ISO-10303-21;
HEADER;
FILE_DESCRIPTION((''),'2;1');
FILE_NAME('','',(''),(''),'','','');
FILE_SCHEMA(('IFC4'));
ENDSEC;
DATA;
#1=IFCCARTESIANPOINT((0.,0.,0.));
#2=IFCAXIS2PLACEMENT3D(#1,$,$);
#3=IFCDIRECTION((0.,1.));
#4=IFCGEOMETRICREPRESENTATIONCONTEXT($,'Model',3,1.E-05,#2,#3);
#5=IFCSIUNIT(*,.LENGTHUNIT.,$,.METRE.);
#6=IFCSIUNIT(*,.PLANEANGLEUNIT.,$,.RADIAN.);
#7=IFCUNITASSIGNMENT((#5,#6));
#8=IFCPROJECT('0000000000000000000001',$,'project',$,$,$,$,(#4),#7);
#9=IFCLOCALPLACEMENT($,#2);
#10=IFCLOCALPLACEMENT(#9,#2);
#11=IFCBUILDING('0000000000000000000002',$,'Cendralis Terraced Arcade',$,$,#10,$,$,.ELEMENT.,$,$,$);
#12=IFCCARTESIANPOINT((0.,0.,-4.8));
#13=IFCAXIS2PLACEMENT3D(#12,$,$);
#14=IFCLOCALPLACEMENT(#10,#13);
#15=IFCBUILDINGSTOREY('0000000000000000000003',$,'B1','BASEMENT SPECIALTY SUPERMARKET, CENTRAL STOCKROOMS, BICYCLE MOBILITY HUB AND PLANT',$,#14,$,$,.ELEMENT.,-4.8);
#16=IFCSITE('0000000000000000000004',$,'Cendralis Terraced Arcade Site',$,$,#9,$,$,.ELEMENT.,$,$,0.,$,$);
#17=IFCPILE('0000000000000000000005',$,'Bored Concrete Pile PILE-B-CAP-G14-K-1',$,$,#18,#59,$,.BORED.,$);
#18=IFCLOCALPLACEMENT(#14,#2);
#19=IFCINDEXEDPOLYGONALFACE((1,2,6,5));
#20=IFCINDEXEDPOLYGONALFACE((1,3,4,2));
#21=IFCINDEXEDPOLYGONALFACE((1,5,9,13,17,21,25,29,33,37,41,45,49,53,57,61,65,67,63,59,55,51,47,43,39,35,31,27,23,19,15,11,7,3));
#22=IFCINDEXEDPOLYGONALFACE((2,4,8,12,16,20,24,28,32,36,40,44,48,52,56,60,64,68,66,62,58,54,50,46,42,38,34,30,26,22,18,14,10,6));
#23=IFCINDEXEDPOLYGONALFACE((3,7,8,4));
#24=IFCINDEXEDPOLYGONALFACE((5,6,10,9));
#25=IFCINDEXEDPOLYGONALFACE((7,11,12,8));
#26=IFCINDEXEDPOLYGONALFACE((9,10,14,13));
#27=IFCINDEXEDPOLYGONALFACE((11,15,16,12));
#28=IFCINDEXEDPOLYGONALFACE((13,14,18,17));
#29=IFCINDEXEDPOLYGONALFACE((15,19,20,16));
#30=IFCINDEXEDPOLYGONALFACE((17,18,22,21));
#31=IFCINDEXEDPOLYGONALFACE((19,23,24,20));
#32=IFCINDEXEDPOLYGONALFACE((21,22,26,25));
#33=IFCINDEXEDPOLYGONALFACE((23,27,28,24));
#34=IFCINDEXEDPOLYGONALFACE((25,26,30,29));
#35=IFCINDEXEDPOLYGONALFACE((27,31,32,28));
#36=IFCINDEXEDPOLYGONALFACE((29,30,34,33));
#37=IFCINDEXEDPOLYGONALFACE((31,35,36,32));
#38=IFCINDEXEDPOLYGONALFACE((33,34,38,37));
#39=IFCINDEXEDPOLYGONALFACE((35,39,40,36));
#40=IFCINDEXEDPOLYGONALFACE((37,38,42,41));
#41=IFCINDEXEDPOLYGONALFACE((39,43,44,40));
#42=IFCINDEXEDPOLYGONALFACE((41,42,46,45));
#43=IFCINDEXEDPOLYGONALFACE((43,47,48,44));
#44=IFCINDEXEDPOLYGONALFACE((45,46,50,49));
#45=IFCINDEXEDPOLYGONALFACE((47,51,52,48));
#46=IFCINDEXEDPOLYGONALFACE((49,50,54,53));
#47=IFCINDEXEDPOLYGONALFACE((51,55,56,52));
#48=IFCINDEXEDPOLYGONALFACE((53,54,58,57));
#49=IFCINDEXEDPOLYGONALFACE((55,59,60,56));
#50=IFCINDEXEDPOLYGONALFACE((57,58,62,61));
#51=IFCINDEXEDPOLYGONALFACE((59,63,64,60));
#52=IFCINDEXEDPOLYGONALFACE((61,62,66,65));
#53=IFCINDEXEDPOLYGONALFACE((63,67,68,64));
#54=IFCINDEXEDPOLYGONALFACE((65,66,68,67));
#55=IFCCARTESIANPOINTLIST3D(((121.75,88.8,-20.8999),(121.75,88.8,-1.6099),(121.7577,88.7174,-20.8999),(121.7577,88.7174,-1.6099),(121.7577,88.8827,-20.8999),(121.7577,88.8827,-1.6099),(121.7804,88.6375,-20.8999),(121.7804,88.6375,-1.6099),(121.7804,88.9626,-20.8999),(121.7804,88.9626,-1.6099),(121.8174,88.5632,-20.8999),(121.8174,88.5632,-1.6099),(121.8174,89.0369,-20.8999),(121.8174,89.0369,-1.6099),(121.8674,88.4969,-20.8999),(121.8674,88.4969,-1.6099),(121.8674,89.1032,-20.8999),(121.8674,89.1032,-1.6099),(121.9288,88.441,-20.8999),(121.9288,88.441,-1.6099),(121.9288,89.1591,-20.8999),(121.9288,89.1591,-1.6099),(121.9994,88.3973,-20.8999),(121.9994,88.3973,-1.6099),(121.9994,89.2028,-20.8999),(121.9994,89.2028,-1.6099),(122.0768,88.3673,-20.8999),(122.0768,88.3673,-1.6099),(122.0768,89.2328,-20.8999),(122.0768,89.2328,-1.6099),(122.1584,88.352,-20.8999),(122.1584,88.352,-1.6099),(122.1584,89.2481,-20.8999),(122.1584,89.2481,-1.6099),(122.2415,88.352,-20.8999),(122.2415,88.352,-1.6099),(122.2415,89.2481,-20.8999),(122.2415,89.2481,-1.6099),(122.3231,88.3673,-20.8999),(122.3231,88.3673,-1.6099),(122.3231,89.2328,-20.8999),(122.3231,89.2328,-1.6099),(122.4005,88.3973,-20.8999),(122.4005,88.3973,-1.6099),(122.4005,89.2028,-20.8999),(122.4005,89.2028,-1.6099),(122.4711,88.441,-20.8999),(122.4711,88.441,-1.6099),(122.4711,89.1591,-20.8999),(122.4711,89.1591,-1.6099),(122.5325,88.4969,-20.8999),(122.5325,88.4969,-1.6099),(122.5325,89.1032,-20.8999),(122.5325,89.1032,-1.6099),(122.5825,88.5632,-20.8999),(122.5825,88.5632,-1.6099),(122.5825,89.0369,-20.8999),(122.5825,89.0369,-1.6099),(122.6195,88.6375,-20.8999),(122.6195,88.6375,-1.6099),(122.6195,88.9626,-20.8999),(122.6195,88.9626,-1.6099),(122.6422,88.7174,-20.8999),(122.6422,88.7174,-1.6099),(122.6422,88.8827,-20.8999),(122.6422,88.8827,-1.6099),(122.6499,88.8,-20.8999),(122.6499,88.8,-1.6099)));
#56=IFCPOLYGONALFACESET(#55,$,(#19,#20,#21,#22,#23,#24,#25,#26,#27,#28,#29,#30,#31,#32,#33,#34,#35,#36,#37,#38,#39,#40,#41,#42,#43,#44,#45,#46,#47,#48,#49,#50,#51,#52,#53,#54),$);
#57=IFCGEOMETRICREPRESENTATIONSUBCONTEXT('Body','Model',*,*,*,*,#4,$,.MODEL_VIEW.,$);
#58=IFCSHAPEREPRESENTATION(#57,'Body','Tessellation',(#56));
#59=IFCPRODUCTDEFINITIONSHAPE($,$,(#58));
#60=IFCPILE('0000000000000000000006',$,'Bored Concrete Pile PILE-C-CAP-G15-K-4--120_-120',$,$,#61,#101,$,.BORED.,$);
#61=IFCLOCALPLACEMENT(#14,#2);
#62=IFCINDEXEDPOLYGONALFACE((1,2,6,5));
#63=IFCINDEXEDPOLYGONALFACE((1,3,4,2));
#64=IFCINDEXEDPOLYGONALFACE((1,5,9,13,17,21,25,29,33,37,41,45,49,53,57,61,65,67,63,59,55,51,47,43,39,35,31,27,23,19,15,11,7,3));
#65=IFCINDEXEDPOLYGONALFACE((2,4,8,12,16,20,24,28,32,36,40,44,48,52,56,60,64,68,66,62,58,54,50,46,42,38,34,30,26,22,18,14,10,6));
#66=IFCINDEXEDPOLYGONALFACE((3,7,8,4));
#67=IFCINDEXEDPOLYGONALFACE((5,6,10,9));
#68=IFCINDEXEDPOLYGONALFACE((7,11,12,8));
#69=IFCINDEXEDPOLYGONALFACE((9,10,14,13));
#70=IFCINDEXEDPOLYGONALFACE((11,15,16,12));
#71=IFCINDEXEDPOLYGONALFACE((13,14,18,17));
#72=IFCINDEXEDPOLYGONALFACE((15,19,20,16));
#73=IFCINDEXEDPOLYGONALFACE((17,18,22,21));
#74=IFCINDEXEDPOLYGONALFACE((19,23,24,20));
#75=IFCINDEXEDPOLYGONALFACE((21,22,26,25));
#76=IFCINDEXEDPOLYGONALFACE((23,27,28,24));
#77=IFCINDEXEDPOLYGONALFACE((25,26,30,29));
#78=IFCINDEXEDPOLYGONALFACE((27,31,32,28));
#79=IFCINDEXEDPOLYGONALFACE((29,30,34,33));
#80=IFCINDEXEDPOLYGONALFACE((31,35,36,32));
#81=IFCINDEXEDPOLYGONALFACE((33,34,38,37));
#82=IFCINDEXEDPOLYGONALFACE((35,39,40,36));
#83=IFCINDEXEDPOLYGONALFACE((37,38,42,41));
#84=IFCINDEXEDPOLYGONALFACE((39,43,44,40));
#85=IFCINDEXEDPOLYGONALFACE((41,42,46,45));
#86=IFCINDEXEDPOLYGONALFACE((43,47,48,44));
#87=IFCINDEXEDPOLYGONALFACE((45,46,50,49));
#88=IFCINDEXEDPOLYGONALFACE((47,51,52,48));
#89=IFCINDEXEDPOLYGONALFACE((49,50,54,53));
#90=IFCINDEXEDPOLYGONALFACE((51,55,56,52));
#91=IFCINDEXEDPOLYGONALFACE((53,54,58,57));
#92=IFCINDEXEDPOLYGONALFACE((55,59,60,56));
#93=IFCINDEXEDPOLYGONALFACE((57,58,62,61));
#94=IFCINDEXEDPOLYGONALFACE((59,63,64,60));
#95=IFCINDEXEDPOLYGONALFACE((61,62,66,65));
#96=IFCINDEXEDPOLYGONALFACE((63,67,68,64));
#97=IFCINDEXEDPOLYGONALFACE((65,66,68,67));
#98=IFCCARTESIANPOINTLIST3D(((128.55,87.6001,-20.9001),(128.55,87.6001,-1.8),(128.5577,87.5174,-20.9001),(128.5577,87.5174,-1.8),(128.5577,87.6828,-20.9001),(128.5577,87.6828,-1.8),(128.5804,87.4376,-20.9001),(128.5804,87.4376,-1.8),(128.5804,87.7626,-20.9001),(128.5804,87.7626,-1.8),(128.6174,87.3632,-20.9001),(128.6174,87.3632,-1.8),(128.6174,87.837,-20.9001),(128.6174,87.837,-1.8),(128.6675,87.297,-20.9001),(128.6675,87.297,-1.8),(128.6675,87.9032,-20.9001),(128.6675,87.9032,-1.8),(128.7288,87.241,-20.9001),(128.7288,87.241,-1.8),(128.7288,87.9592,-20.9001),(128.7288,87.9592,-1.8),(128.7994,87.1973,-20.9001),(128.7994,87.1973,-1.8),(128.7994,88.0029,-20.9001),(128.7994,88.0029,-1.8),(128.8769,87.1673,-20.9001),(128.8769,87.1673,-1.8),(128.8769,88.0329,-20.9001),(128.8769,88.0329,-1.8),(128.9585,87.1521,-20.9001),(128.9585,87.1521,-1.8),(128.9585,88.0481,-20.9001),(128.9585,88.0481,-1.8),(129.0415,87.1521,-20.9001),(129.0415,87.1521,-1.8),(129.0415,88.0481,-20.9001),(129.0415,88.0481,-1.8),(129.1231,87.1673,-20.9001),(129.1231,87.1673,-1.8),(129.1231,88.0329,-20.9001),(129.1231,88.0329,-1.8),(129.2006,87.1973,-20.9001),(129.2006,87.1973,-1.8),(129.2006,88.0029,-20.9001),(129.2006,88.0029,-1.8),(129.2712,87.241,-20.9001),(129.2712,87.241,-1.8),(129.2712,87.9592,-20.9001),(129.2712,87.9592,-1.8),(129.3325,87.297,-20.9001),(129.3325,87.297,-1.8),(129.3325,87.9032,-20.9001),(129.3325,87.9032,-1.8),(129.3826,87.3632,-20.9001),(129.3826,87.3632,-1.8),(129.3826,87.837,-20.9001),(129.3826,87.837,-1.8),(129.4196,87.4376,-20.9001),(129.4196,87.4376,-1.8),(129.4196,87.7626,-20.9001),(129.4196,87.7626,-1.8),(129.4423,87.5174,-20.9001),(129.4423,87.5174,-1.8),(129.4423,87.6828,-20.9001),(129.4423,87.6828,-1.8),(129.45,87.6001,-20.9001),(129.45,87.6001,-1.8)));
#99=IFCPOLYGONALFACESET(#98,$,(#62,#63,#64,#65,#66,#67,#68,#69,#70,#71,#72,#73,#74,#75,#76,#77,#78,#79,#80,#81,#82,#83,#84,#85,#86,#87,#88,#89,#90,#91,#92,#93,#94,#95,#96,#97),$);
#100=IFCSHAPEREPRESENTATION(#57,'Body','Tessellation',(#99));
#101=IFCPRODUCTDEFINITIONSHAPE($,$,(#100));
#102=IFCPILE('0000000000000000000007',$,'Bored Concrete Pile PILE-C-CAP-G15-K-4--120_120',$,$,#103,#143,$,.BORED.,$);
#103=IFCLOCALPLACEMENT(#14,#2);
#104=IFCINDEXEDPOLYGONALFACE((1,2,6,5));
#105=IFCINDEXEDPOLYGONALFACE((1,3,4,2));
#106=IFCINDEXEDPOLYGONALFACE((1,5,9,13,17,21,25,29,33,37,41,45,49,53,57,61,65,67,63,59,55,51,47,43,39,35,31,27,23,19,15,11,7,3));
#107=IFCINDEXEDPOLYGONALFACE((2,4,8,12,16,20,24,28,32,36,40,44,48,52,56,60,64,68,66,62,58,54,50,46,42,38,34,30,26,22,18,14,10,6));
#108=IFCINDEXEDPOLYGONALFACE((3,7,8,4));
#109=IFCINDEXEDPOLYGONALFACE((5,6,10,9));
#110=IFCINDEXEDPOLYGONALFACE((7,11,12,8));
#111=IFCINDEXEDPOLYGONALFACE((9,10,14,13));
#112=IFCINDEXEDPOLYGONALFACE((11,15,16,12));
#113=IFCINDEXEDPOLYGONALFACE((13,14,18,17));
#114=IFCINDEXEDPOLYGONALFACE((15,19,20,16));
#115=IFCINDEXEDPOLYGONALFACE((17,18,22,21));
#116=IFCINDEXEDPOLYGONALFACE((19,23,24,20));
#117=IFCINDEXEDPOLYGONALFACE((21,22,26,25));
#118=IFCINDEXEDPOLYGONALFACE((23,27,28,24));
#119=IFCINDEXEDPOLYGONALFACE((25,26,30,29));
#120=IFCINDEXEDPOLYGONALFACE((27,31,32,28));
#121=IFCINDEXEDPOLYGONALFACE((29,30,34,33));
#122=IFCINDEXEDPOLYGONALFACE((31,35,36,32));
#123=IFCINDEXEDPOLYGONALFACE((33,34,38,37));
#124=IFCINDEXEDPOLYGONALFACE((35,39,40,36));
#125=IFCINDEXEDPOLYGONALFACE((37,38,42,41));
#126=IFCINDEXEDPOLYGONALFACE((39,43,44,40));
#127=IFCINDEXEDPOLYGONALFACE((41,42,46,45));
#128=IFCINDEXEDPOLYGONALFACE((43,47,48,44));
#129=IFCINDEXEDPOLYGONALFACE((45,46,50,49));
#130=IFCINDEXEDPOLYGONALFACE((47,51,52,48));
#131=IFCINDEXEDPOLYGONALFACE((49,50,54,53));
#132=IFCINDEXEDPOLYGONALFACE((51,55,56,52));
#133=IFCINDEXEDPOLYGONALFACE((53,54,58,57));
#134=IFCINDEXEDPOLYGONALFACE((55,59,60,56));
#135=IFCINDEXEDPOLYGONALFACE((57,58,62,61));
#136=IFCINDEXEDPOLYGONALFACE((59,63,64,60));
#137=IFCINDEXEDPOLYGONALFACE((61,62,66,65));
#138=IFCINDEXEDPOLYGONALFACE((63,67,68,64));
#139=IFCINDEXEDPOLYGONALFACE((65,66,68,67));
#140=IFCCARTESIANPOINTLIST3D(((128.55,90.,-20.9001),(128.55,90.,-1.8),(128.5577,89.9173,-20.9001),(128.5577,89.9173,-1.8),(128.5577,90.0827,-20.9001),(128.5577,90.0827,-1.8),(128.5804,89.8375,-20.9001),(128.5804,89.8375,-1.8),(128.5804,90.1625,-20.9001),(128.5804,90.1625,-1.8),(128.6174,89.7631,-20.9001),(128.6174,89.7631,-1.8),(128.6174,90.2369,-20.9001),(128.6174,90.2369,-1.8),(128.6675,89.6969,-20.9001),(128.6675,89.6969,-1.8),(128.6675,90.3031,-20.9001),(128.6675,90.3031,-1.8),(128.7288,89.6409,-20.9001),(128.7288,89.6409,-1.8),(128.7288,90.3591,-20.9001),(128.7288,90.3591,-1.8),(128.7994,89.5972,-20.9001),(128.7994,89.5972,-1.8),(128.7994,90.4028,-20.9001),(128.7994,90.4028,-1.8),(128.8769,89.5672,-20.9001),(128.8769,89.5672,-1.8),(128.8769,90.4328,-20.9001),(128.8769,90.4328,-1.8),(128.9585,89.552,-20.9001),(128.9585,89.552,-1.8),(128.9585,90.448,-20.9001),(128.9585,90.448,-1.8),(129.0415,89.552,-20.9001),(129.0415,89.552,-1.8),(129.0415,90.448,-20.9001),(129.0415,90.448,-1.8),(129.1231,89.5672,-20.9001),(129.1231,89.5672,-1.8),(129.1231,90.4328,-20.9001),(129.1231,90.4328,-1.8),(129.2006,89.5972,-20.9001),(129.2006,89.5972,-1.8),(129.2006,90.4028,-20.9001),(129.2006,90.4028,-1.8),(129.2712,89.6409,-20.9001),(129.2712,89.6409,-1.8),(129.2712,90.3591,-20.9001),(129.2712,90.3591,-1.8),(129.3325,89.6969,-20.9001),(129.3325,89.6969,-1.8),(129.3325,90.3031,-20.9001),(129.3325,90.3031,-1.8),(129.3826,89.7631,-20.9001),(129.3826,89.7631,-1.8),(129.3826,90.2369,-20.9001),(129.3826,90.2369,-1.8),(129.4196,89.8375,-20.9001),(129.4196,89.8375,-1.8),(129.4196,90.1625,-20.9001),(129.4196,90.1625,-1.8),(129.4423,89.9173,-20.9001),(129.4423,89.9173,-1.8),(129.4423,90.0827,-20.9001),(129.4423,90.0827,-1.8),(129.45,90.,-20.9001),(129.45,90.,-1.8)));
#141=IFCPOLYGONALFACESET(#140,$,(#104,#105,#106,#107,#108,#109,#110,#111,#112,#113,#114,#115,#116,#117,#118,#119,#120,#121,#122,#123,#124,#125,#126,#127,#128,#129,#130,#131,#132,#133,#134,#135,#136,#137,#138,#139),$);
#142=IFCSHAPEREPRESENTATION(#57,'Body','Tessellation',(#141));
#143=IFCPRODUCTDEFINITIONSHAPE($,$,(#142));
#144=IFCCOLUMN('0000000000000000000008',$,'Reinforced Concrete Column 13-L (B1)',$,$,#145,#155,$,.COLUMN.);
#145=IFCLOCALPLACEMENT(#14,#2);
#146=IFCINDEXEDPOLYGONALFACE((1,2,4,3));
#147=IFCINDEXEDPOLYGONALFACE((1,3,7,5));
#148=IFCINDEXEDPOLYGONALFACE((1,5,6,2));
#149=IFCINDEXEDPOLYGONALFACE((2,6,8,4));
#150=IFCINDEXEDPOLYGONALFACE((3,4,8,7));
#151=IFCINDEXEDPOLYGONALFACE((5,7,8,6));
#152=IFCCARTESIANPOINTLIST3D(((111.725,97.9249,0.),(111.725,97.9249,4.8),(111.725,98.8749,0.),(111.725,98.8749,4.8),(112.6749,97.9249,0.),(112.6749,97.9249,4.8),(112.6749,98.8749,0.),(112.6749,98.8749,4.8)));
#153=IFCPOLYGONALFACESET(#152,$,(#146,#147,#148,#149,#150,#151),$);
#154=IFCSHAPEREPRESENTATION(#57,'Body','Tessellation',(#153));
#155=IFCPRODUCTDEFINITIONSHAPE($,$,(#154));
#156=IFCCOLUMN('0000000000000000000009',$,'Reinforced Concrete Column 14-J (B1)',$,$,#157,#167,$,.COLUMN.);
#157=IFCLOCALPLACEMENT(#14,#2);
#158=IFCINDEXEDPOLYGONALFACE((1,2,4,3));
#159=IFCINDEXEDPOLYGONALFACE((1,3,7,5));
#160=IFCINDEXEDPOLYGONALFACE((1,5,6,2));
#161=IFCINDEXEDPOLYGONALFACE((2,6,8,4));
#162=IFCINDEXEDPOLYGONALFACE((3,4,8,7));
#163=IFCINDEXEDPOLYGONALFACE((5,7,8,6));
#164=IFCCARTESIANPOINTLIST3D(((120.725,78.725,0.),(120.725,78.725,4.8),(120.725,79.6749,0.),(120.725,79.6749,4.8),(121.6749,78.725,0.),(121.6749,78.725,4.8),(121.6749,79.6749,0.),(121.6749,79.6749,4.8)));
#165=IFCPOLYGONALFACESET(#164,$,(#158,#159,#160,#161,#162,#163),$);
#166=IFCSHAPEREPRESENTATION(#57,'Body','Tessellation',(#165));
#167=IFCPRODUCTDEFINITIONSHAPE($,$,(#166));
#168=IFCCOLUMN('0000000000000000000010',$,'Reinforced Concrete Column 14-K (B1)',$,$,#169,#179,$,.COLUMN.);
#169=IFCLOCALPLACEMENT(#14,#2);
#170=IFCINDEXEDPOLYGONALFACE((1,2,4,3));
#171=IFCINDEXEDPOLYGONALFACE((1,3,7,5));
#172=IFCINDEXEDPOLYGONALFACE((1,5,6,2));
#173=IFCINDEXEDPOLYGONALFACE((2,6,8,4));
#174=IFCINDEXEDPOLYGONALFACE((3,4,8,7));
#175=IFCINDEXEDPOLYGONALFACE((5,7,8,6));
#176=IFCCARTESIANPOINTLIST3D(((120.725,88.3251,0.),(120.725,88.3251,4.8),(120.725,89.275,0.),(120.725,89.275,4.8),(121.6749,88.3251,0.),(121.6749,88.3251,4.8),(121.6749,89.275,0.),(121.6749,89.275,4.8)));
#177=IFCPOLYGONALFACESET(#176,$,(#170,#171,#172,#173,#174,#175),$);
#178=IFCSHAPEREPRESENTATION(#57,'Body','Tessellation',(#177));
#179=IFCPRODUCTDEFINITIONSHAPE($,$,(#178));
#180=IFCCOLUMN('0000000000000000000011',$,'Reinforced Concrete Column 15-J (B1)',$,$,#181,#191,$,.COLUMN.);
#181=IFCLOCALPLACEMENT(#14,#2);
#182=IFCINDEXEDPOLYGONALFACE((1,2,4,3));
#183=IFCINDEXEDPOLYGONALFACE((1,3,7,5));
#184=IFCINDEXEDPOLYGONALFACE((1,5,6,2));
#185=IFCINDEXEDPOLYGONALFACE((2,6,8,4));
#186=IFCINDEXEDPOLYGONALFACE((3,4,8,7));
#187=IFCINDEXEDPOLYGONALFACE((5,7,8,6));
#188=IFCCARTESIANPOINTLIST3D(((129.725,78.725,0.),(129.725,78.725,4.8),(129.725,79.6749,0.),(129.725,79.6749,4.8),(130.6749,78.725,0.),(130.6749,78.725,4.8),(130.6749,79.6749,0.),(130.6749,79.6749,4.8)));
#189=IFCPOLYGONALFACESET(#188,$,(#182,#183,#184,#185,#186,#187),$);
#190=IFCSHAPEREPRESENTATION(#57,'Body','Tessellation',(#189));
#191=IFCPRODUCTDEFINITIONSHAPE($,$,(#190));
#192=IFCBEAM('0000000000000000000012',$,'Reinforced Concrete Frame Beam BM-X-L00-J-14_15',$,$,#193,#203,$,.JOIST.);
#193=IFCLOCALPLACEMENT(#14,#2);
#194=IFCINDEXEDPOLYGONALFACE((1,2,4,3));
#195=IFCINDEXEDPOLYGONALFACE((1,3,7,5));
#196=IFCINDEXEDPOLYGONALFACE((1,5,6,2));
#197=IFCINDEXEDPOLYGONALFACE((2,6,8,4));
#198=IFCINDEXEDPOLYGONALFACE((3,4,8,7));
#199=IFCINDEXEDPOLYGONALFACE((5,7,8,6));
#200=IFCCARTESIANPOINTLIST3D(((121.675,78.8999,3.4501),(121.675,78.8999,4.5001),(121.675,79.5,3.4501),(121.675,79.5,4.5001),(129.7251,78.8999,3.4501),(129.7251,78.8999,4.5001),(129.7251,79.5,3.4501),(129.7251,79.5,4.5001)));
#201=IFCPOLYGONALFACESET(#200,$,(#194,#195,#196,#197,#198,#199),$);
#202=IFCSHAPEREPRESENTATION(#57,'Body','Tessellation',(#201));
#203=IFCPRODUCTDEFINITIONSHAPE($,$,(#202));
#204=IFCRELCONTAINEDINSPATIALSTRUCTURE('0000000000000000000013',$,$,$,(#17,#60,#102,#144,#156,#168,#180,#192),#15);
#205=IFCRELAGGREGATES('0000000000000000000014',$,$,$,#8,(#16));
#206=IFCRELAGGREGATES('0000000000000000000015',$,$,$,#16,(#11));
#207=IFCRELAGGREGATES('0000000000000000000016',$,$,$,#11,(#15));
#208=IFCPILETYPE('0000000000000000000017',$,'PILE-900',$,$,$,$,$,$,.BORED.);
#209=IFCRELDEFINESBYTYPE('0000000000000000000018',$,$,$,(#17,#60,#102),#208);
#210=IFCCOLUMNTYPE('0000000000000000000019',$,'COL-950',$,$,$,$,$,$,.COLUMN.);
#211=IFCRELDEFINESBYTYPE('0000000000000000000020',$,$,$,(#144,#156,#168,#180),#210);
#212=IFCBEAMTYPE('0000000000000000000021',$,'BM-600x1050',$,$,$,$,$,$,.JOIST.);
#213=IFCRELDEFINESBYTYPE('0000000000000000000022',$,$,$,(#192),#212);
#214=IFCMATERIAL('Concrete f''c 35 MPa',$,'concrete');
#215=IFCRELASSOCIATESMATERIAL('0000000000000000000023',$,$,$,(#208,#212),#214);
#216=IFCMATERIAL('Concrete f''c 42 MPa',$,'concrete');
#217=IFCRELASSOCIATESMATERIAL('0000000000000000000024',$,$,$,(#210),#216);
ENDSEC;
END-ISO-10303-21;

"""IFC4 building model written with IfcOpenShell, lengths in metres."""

from ifc_helpers import new_model, si_unit, direction, frame, origin, origin_2d, place, context, subcontext, project, spatial, rectangle, circle, extrude, material, material_profile, profile_set, type_object, element, save


model = new_model("IFC4")

# Units and contexts
model_context = context("Model", 3, precision=1e-05, world=origin(), true_north=direction((0.0, 1.0)))
body_context = subcontext(model_context, "Body", "Model", "MODEL_VIEW")
ifc_project = project(units=[si_unit("LENGTHUNIT", "METRE"), si_unit("PLANEANGLEUNIT", "RADIAN")], contexts=[model_context])

# Site, building, storey
site_placement = place(None, origin())
site = spatial("IfcSite", under=ifc_project, at=site_placement, Name="Cendralis Terraced Arcade Site", CompositionType="ELEMENT", RefElevation=0.0)
building_placement = place(site_placement, origin())
building = spatial("IfcBuilding", under=site, at=building_placement, Name="Cendralis Terraced Arcade", CompositionType="ELEMENT")
storey_placement = place(building_placement, frame((0.0, 0.0, -4.8)))
storey = spatial("IfcBuildingStorey", under=building, at=storey_placement, Name="B1", Description="BASEMENT SPECIALTY SUPERMARKET, CENTRAL STOCKROOMS, BICYCLE MOBILITY HUB AND PLANT", CompositionType="ELEMENT", Elevation=-4.8)

# Shared definitions
ifc_material_1 = material(Name="Concrete f'c 35 MPa", Category="concrete")

# Piles
ifc_material_profile_1 = material_profile(ifc_material_1, circle(Radius=0.45, at=origin_2d()), Name="PILE-D900", Category="LoadBearing")
ifc_profile_set_1 = profile_set([ifc_material_profile_1], Name="Concrete f'c 35 MPa")
pile_type_1 = type_object("IfcPileType", Name="PILE-900", PredefinedType="BORED", material=ifc_profile_set_1)
for number, where, z_axis, x_axis, name in (
    (1, (122.2, 88.8, -1.6099), (0.0, 0.0, -1.0), (1.0, 0.0, 0.0), "Bored Concrete Pile PILE-B-CAP-G14-K-1"),
):
    element("IfcPile", number, at=place(storey_placement, frame(where, z_axis=z_axis, x_axis=x_axis)), inside=storey, type_object=pile_type_1, Name=name, PredefinedType="BORED", context=body_context, shape_type="SweptSolid", body=[
        extrude(circle(Radius=0.45, at=origin_2d()), origin(), (0.0, 0.0, 1.0), 19.29),
    ])
for number, where, z_axis, x_axis, name in (
    (2, (129.0, 87.6001, -1.8), (0.0, 0.0, -1.0), (1.0, 0.0, 0.0), "Bored Concrete Pile PILE-C-CAP-G15-K-4--120_-120"),
    (3, (129.0, 90.0, -1.8), (0.0, 0.0, -1.0), (1.0, 0.0, 0.0), "Bored Concrete Pile PILE-C-CAP-G15-K-4--120_120"),
):
    element("IfcPile", number, at=place(storey_placement, frame(where, z_axis=z_axis, x_axis=x_axis)), inside=storey, type_object=pile_type_1, Name=name, PredefinedType="BORED", context=body_context, shape_type="SweptSolid", body=[
        extrude(circle(Radius=0.45, at=origin_2d()), origin(), (0.0, 0.0, 1.0), 19.1001),
    ])

# Columns
ifc_material_2 = material(Name="Concrete f'c 42 MPa", Category="concrete")
ifc_material_profile_2 = material_profile(ifc_material_2, rectangle(XDim=0.95, YDim=0.95, at=origin_2d()), Name="RC-COL-950x950", Category="LoadBearing")
ifc_profile_set_2 = profile_set([ifc_material_profile_2], Name="Concrete f'c 42 MPa")
column_type = type_object("IfcColumnType", Name="COL-950", PredefinedType="COLUMN", material=ifc_profile_set_2)
for number, where, z_axis, x_axis, name in (
    (4, (112.2, 98.3999, 0.0), (0.0, 0.0, 1.0), (1.0, 0.0, 0.0), "Reinforced Concrete Column 13-L (B1)"),
    (5, (121.2, 79.2, 0.0), (0.0, 0.0, 1.0), (1.0, 0.0, 0.0), "Reinforced Concrete Column 14-J (B1)"),
    (6, (121.2, 88.8, 0.0), (0.0, 0.0, 1.0), (1.0, 0.0, 0.0), "Reinforced Concrete Column 14-K (B1)"),
    (7, (130.2, 79.2, 0.0), (0.0, 0.0, 1.0), (1.0, 0.0, 0.0), "Reinforced Concrete Column 15-J (B1)"),
):
    element("IfcColumn", number, at=place(storey_placement, frame(where, z_axis=z_axis, x_axis=x_axis)), inside=storey, type_object=column_type, Name=name, PredefinedType="COLUMN", context=body_context, shape_type="SweptSolid", body=[
        extrude(rectangle(XDim=0.95, YDim=0.95, at=origin_2d()), origin(), (0.0, 0.0, 1.0), 4.8),
    ])

# Beam
ifc_material_profile_3 = material_profile(ifc_material_1, rectangle(XDim=0.6001, YDim=1.05, at=origin_2d()), Name="RC-BM-600x1050", Category="LoadBearing")
ifc_profile_set_3 = profile_set([ifc_material_profile_3], Name="Concrete f'c 35 MPa")
beam_type = type_object("IfcBeamType", Name="BM-600x1050", PredefinedType="JOIST", material=ifc_profile_set_3)
for number, where, z_axis, x_axis, name in (
    (8, (121.675, 79.2, 3.9751), (1.0, 0.0, 0.0), (0.0, 1.0, 0.0), "Reinforced Concrete Frame Beam BM-X-L00-J-14_15"),
):
    element("IfcBeam", number, at=place(storey_placement, frame(where, z_axis=z_axis, x_axis=x_axis)), inside=storey, type_object=beam_type, Name=name, PredefinedType="JOIST", context=body_context, shape_type="SweptSolid", body=[
        extrude(rectangle(XDim=0.6001, YDim=1.05, at=origin_2d()), origin(), (0.0, 0.0, 1.0), 8.05),
    ])

save(model, "model.ifc")
